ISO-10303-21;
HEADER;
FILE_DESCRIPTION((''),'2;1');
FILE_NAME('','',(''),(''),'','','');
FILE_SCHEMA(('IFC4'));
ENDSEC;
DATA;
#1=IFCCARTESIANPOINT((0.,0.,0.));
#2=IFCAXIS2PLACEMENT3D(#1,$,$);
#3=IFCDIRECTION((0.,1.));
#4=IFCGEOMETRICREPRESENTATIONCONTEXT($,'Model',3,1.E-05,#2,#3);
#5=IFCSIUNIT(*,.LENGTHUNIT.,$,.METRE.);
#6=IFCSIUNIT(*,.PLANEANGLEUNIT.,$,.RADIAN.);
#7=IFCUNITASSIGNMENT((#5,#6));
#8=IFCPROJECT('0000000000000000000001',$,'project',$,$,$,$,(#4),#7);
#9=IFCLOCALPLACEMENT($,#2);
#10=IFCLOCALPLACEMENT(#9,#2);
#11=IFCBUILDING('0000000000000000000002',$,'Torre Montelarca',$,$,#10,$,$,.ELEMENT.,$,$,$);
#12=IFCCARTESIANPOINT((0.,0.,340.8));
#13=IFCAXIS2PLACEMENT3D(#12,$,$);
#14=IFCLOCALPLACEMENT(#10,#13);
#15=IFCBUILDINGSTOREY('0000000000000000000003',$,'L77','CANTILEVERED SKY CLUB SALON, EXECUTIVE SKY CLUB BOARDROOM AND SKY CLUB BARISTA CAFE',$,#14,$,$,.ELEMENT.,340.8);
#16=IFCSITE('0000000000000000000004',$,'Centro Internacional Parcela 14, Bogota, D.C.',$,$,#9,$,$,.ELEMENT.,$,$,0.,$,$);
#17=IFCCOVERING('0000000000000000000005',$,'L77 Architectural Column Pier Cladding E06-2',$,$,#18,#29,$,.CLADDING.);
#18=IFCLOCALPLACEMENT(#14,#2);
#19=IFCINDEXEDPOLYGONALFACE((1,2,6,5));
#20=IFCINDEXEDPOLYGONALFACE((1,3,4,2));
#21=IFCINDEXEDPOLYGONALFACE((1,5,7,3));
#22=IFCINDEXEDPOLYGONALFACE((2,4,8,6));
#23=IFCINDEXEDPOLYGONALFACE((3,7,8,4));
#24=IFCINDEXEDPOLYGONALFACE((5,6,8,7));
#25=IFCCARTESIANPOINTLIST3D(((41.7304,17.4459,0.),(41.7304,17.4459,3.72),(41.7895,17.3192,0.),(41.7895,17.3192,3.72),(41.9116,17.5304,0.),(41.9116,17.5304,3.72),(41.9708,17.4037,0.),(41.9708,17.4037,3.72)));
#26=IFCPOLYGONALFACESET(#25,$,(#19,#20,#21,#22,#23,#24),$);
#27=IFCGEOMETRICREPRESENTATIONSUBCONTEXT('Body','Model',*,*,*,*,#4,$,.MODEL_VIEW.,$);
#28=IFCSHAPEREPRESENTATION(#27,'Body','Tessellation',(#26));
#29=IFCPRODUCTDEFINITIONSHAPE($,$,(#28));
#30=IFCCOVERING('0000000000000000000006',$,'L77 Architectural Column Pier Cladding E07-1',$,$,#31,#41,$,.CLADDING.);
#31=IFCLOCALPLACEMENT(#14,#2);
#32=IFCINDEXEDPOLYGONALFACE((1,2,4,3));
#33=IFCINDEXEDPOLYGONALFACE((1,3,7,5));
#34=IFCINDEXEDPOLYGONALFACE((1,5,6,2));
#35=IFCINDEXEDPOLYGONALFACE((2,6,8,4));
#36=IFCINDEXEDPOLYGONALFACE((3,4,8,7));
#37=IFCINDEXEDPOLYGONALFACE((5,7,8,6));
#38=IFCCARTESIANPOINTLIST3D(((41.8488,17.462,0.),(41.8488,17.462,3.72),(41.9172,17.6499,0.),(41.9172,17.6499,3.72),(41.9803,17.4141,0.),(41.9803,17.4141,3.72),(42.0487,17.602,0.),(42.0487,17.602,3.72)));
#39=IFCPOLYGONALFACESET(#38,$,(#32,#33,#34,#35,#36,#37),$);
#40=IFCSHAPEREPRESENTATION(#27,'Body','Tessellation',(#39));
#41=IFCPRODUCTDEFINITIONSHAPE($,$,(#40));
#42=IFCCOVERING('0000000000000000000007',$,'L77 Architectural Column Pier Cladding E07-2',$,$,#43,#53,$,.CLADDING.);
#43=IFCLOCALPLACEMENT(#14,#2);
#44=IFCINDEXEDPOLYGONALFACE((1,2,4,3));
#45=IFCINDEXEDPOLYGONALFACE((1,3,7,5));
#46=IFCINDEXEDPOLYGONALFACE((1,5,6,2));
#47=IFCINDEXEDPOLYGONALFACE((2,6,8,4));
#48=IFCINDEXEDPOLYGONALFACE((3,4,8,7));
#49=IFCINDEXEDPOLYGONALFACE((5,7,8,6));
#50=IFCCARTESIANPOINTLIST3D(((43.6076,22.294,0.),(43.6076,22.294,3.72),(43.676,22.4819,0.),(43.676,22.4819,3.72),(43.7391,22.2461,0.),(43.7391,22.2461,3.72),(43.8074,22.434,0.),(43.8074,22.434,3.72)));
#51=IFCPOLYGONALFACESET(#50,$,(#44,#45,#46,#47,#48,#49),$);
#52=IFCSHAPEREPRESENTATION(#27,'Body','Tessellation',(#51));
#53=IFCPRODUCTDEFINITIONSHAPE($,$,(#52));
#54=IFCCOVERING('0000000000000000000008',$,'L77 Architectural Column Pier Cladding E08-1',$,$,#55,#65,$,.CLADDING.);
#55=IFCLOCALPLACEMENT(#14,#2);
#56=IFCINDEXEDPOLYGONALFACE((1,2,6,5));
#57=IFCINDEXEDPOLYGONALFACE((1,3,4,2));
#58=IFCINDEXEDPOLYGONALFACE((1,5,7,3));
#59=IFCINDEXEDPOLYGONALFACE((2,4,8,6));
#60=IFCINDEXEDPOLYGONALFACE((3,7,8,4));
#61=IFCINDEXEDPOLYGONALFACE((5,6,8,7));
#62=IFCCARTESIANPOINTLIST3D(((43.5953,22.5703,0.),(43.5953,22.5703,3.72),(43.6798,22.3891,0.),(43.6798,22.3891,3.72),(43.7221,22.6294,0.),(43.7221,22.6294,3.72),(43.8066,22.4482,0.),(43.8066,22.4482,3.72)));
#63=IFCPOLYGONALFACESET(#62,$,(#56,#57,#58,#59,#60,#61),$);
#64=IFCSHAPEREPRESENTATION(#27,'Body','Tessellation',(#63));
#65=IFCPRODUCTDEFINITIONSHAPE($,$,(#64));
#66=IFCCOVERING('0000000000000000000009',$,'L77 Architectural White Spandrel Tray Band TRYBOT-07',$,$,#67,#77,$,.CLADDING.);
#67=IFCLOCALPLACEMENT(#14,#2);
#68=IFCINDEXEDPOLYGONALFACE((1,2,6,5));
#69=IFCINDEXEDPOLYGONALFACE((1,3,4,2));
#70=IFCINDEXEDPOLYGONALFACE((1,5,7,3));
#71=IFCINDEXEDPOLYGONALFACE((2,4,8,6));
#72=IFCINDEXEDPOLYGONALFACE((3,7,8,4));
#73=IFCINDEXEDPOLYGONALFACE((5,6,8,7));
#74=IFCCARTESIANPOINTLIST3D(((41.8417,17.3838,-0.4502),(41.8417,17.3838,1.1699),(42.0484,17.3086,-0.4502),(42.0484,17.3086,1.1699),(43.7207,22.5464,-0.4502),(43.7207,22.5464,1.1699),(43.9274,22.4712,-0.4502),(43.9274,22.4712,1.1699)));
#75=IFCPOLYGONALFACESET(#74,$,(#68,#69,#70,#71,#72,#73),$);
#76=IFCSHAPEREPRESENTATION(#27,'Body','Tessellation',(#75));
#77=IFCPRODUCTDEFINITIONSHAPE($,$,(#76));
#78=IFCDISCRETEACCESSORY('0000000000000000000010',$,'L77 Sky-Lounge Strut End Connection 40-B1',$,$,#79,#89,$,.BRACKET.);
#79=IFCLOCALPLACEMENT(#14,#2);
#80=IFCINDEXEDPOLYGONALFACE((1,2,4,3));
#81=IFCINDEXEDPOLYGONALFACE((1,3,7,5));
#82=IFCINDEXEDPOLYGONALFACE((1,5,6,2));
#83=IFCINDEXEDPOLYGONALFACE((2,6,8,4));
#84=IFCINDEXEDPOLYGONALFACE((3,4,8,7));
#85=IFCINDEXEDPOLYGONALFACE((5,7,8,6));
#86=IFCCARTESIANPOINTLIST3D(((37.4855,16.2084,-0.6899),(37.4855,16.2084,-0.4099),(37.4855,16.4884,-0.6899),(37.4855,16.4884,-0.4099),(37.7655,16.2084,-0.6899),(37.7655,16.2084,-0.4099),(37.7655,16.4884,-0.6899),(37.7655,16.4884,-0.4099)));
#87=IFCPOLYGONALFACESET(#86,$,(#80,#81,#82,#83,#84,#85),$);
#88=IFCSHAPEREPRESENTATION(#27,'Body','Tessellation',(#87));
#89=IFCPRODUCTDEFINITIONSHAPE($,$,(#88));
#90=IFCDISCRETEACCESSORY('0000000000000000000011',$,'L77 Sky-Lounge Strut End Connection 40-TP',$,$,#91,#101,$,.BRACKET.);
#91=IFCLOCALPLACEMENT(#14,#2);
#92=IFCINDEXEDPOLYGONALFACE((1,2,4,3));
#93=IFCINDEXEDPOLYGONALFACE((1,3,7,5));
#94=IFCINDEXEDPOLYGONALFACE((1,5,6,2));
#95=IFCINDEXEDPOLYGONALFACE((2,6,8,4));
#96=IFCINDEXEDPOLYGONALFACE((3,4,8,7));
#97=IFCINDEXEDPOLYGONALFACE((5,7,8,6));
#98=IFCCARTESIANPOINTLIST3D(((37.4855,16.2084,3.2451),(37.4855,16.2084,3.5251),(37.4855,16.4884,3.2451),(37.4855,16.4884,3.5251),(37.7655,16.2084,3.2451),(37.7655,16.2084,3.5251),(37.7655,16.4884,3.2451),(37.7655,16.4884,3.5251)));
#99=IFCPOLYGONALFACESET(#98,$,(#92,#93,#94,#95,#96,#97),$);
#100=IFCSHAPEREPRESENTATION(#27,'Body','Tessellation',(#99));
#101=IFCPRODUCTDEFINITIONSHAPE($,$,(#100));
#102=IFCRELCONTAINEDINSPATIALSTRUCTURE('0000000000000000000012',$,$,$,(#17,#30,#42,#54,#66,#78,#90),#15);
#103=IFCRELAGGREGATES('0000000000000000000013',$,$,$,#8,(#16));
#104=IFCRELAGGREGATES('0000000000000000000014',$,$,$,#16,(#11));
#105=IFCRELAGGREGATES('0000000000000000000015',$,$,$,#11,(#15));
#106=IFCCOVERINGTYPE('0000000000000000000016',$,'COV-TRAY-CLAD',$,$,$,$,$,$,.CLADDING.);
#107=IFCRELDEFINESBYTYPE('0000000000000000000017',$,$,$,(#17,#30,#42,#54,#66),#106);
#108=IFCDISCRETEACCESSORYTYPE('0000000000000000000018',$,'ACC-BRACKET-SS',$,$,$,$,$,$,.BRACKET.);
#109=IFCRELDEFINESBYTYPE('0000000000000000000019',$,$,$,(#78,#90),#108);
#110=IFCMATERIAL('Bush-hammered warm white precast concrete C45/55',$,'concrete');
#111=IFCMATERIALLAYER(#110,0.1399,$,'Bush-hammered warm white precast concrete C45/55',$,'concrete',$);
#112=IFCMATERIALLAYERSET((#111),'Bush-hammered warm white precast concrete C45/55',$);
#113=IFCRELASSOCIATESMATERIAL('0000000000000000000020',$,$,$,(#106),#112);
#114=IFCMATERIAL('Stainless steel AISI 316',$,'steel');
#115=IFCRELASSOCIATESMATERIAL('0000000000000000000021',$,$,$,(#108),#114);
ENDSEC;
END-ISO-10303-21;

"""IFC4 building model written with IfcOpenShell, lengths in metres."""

from ifc_helpers import new_model, si_unit, direction, frame, origin, origin_2d, place, context, subcontext, project, spatial, rectangle, extrude, source, transform, mapped, material, layer, layer_set, type_object, element, save


model = new_model("IFC4")

# Units and contexts
model_context = context("Model", 3, precision=1e-05, world=origin(), true_north=direction((0.0, 1.0)))
body_context = subcontext(model_context, "Body", "Model", "MODEL_VIEW")
ifc_project = project(units=[si_unit("LENGTHUNIT", "METRE"), si_unit("PLANEANGLEUNIT", "RADIAN")], contexts=[model_context])

# Site, building, storey
site_placement = place(None, origin())
site = spatial("IfcSite", under=ifc_project, at=site_placement, Name="Centro Internacional Parcela 14, Bogota, D.C.", CompositionType="ELEMENT", RefElevation=0.0)
building_placement = place(site_placement, origin())
building = spatial("IfcBuilding", under=site, at=building_placement, Name="Torre Montelarca", CompositionType="ELEMENT")
storey_placement = place(building_placement, frame((0.0, 0.0, 340.8)))
storey = spatial("IfcBuildingStorey", under=building, at=storey_placement, Name="L77", Description="CANTILEVERED SKY CLUB SALON, EXECUTIVE SKY CLUB BOARDROOM AND SKY CLUB BARISTA CAFE", CompositionType="ELEMENT", Elevation=340.8)

# Coverings
ifc_material_1 = material(Name="Bush-hammered warm white precast concrete C45/55", Category="concrete")
ifc_layer_1 = layer(ifc_material_1, 0.1399, Name="Bush-hammered warm white precast concrete C45/55", Category="concrete")
ifc_layer_set_1 = layer_set([ifc_layer_1], Name="Bush-hammered warm white precast concrete C45/55")
covering_type = type_object("IfcCoveringType", Name="COV-TRAY-CLAD", PredefinedType="CLADDING", material=ifc_layer_set_1)
shared_shape_1 = source(origin(), body_context, "Body", "SweptSolid", [
    extrude(rectangle(XDim=0.2, YDim=0.1399, at=origin_2d()), origin(), (0.0, 0.0, 1.0), 3.72),
])
for number, where, z_axis, x_axis, name in (
    (1, (41.8506, 17.4248, 0.0), (0.0, 0.0, 1.0), (0.906309, 0.422615, 0.0), "L77 Architectural Column Pier Cladding E06-2"),
    (2, (41.9487, 17.532, 0.0), (0.0, 0.0, 1.0), (0.34201, 0.939696, 0.0), "L77 Architectural Column Pier Cladding E07-1"),
    (3, (43.7075, 22.364, 0.0), (0.0, 0.0, 1.0), (0.34201, 0.939696, 0.0), "L77 Architectural Column Pier Cladding E07-2"),
    (4, (43.7009, 22.5093, 0.0), (0.0, 0.0, 1.0), (-0.422617, 0.906309, 0.0), "L77 Architectural Column Pier Cladding E08-1"),
):
    element("IfcCovering", number, at=place(storey_placement, frame(where, z_axis=z_axis, x_axis=x_axis)), inside=storey, type_object=covering_type, Name=name, PredefinedType="CLADDING", context=body_context, shape_type="MappedRepresentation", body=[
        mapped(shared_shape_1, transform((0.0, 0.0, 0.0), scale=1.0)),
    ])
shared_shape_2 = source(origin(), body_context, "Body", "SweptSolid", [
    extrude(rectangle(XDim=5.4939, YDim=0.22, at=origin_2d()), origin(), (0.0, 0.0, 1.0), 1.6201),
])
covering_placement = place(storey_placement, frame((42.8845, 19.9275, -0.4502), z_axis=(0.0, 0.0, 1.0), x_axis=(0.342019, 0.939693, 0.0)))
element("IfcCovering", 5, at=covering_placement, inside=storey, type_object=covering_type, Name="L77 Architectural White Spandrel Tray Band TRYBOT-07", PredefinedType="CLADDING", context=body_context, shape_type="MappedRepresentation", body=[
    mapped(shared_shape_2, transform((0.0, 0.0, 0.0), scale=1.0)),
])

# Discrete accessories
ifc_material_2 = material(Name="Stainless steel AISI 316", Category="steel")
discrete_accessory_type = type_object("IfcDiscreteAccessoryType", Name="ACC-BRACKET-SS", PredefinedType="BRACKET", material=ifc_material_2)
shared_shape_3 = source(origin(), body_context, "Body", "SweptSolid", [
    extrude(rectangle(XDim=0.28, YDim=0.28, at=origin_2d()), origin(), (0.0, 0.0, 1.0), 0.28),
])
for number, where, z_axis, x_axis, name in (
    (6, (37.6255, 16.3484, -0.6899), (0.0, 0.0, 1.0), (1.0, 0.0, 0.0), "L77 Sky-Lounge Strut End Connection 40-B1"),
    (7, (37.6255, 16.3484, 3.2451), (0.0, 0.0, 1.0), (1.0, 0.0, 0.0), "L77 Sky-Lounge Strut End Connection 40-TP"),
):
    element("IfcDiscreteAccessory", number, at=place(storey_placement, frame(where, z_axis=z_axis, x_axis=x_axis)), inside=storey, type_object=discrete_accessory_type, Name=name, PredefinedType="BRACKET", context=body_context, shape_type="MappedRepresentation", body=[
        mapped(shared_shape_3, transform((0.0, 0.0, 0.0), scale=1.0)),
    ])

save(model, "model.ifc")
